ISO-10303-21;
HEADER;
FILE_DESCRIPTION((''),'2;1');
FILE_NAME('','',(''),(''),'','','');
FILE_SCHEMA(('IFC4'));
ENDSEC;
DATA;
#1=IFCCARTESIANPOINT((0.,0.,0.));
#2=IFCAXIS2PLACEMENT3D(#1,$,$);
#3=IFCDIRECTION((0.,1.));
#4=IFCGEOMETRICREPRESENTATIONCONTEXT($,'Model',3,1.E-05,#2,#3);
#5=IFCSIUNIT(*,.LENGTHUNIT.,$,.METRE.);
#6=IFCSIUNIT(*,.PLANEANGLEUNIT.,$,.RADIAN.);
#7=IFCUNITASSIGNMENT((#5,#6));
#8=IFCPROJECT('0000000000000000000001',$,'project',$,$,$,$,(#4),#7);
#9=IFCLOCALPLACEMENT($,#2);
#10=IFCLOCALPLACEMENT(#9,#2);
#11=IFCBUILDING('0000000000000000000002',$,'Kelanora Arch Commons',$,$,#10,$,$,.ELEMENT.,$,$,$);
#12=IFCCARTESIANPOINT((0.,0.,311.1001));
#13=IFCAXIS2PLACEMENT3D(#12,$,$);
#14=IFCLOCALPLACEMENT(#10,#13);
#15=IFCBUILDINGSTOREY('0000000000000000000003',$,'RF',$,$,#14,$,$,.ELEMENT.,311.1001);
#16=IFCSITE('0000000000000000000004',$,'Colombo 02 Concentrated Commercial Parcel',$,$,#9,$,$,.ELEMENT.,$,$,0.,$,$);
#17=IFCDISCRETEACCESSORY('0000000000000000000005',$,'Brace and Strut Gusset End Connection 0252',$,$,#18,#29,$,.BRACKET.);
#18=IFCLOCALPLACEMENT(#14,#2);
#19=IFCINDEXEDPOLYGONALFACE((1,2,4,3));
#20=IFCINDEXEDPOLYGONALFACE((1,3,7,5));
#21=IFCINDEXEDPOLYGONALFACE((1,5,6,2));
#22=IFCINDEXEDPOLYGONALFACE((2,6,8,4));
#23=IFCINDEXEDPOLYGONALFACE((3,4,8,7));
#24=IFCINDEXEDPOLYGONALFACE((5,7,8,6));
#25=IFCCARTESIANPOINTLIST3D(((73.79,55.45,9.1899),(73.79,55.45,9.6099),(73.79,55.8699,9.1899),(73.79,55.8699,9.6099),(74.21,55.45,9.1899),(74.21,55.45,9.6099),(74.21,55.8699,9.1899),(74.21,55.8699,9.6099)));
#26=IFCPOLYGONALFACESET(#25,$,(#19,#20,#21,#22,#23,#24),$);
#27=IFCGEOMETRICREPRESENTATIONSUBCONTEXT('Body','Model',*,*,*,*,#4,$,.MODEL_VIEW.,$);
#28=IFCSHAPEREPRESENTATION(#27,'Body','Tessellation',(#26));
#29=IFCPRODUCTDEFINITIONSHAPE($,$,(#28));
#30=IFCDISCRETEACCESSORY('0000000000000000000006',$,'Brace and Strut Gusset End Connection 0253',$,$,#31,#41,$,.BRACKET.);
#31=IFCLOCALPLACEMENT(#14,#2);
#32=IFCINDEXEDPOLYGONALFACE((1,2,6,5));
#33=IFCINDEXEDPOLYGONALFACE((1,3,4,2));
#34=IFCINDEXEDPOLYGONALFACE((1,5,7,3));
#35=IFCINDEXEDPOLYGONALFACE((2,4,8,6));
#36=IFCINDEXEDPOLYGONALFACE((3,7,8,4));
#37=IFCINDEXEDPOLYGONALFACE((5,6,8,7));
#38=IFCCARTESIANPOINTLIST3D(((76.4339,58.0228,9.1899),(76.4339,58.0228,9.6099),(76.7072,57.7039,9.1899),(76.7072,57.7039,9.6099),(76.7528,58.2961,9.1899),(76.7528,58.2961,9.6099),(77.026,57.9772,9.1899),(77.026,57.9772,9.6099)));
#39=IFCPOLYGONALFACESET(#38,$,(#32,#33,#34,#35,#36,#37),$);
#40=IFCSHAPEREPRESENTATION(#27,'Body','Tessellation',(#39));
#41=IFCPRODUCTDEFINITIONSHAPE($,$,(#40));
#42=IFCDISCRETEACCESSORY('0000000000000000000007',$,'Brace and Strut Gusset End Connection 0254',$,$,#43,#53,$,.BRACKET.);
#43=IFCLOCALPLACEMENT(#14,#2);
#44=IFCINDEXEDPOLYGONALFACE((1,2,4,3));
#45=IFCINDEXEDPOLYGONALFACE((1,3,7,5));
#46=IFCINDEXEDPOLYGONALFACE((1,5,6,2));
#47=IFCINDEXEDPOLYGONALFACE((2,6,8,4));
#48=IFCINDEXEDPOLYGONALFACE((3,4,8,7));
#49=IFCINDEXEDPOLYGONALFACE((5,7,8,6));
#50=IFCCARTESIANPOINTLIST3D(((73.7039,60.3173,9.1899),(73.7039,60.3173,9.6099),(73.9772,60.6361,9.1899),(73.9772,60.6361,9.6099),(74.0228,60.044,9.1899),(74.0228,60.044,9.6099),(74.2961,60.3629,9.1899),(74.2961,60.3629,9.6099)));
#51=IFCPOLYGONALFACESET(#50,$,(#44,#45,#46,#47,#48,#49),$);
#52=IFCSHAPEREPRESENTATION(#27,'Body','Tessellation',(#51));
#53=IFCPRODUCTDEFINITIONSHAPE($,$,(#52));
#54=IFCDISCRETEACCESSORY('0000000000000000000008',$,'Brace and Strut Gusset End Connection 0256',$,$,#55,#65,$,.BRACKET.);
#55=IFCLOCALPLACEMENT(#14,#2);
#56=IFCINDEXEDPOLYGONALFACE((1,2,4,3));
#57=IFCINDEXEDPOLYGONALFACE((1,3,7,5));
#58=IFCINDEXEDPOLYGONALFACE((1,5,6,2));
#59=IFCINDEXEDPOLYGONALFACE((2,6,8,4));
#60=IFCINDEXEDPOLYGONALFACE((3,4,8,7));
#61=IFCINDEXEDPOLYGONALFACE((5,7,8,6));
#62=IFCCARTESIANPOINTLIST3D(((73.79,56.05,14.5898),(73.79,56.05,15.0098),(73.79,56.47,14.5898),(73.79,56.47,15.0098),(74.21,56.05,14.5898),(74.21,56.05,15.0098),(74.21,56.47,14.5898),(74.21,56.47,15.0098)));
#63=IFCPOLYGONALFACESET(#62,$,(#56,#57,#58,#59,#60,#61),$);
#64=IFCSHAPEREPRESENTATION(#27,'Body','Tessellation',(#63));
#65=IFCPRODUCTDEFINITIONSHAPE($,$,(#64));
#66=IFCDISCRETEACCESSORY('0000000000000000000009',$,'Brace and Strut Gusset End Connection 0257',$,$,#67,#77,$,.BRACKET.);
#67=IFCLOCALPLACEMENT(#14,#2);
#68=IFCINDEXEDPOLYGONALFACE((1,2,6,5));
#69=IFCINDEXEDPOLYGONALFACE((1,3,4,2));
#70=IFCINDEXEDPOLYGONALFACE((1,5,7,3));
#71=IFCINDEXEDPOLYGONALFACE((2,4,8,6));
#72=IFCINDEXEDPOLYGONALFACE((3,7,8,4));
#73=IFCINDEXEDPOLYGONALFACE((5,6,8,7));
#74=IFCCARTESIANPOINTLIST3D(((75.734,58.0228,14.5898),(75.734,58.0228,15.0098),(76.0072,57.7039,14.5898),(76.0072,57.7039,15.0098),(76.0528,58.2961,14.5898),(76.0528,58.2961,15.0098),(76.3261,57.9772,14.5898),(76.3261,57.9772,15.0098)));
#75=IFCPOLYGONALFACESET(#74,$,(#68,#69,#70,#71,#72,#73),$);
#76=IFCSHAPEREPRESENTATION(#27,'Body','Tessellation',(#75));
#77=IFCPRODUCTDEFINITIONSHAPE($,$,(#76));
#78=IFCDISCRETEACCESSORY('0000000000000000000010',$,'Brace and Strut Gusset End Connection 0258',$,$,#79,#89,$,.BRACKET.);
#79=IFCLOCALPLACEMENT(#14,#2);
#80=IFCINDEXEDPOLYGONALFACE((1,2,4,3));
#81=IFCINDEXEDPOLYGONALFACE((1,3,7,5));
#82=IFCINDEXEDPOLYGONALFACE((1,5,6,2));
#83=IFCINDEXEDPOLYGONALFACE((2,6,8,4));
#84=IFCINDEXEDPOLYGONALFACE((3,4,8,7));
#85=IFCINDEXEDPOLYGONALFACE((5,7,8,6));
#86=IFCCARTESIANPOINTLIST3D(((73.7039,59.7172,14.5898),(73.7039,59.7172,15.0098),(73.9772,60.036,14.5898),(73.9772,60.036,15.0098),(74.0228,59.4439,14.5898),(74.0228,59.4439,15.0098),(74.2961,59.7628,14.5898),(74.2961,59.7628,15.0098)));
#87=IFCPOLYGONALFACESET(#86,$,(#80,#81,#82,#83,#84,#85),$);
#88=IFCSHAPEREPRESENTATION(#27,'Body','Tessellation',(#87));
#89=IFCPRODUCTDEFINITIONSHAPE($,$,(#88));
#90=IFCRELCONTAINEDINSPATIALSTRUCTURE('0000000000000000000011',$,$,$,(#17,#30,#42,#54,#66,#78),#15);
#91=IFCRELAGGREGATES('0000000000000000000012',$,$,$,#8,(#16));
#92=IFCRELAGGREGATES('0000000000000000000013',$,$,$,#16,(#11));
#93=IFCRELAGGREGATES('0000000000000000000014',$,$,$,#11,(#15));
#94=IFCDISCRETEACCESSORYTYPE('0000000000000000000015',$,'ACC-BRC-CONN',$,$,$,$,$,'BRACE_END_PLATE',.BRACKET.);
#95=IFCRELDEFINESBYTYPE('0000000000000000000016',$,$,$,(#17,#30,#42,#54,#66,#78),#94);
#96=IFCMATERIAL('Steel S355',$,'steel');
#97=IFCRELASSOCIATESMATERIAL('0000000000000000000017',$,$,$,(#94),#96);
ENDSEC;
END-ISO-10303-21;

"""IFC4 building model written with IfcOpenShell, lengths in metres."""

from ifc_helpers import new_model, si_unit, direction, frame, origin, origin_2d, place, context, subcontext, project, spatial, rectangle, extrude, source, transform, mapped, material, type_object, element, save


model = new_model("IFC4")

# Units and contexts
model_context = context("Model", 3, precision=1e-05, world=origin(), true_north=direction((0.0, 1.0)))
body_context = subcontext(model_context, "Body", "Model", "MODEL_VIEW")
ifc_project = project(units=[si_unit("LENGTHUNIT", "METRE"), si_unit("PLANEANGLEUNIT", "RADIAN")], contexts=[model_context])

# Site, building, storey
site_placement = place(None, origin())
site = spatial("IfcSite", under=ifc_project, at=site_placement, Name="Colombo 02 Concentrated Commercial Parcel", CompositionType="ELEMENT", RefElevation=0.0)
building_placement = place(site_placement, origin())
building = spatial("IfcBuilding", under=site, at=building_placement, Name="Kelanora Arch Commons", CompositionType="ELEMENT")
storey_placement = place(building_placement, frame((0.0, 0.0, 311.1001)))
storey = spatial("IfcBuildingStorey", under=building, at=storey_placement, Name="RF", CompositionType="ELEMENT", Elevation=311.1001)

# Shared definitions
ifc_material_1 = material(Name="Steel S355", Category="steel")

# Discrete accessories
discrete_accessory_type = type_object("IfcDiscreteAccessoryType", Name="ACC-BRC-CONN", ElementType="BRACE_END_PLATE", PredefinedType="BRACKET", material=ifc_material_1)
shared_shape_1 = source(origin(), body_context, "Body", "SweptSolid", [
    extrude(rectangle(XDim=0.4199, YDim=0.4199, at=origin_2d()), origin(), (0.0, 0.0, 1.0), 0.4199),
])
for number, where, z_axis, x_axis, name in (
    (1, (74.0, 55.6599, 9.1899), (0.0, 0.0, 1.0), (0.0, 1.0, 0.0), "Brace and Strut Gusset End Connection 0252"),
    (2, (76.73, 58.0, 9.1899), (0.0, 0.0, 1.0), (0.759271, 0.650774, 0.0), "Brace and Strut Gusset End Connection 0253"),
    (3, (74.0, 60.3401, 9.1899), (0.0, 0.0, 1.0), (-0.759271, 0.650774, 0.0), "Brace and Strut Gusset End Connection 0254"),
    (4, (74.0, 56.26, 14.5898), (0.0, 0.0, 1.0), (0.0, 1.0, 0.0), "Brace and Strut Gusset End Connection 0256"),
    (5, (76.03, 58.0, 14.5898), (0.0, 0.0, 1.0), (0.759271, 0.650774, 0.0), "Brace and Strut Gusset End Connection 0257"),
    (6, (74.0, 59.74, 14.5898), (0.0, 0.0, 1.0), (-0.759271, 0.650774, 0.0), "Brace and Strut Gusset End Connection 0258"),
):
    element("IfcDiscreteAccessory", number, at=place(storey_placement, frame(where, z_axis=z_axis, x_axis=x_axis)), inside=storey, type_object=discrete_accessory_type, Name=name, PredefinedType="BRACKET", context=body_context, shape_type="MappedRepresentation", body=[
        mapped(shared_shape_1, transform((0.0, 0.0, 0.0), scale=1.0)),
    ])

save(model, "model.ifc")
